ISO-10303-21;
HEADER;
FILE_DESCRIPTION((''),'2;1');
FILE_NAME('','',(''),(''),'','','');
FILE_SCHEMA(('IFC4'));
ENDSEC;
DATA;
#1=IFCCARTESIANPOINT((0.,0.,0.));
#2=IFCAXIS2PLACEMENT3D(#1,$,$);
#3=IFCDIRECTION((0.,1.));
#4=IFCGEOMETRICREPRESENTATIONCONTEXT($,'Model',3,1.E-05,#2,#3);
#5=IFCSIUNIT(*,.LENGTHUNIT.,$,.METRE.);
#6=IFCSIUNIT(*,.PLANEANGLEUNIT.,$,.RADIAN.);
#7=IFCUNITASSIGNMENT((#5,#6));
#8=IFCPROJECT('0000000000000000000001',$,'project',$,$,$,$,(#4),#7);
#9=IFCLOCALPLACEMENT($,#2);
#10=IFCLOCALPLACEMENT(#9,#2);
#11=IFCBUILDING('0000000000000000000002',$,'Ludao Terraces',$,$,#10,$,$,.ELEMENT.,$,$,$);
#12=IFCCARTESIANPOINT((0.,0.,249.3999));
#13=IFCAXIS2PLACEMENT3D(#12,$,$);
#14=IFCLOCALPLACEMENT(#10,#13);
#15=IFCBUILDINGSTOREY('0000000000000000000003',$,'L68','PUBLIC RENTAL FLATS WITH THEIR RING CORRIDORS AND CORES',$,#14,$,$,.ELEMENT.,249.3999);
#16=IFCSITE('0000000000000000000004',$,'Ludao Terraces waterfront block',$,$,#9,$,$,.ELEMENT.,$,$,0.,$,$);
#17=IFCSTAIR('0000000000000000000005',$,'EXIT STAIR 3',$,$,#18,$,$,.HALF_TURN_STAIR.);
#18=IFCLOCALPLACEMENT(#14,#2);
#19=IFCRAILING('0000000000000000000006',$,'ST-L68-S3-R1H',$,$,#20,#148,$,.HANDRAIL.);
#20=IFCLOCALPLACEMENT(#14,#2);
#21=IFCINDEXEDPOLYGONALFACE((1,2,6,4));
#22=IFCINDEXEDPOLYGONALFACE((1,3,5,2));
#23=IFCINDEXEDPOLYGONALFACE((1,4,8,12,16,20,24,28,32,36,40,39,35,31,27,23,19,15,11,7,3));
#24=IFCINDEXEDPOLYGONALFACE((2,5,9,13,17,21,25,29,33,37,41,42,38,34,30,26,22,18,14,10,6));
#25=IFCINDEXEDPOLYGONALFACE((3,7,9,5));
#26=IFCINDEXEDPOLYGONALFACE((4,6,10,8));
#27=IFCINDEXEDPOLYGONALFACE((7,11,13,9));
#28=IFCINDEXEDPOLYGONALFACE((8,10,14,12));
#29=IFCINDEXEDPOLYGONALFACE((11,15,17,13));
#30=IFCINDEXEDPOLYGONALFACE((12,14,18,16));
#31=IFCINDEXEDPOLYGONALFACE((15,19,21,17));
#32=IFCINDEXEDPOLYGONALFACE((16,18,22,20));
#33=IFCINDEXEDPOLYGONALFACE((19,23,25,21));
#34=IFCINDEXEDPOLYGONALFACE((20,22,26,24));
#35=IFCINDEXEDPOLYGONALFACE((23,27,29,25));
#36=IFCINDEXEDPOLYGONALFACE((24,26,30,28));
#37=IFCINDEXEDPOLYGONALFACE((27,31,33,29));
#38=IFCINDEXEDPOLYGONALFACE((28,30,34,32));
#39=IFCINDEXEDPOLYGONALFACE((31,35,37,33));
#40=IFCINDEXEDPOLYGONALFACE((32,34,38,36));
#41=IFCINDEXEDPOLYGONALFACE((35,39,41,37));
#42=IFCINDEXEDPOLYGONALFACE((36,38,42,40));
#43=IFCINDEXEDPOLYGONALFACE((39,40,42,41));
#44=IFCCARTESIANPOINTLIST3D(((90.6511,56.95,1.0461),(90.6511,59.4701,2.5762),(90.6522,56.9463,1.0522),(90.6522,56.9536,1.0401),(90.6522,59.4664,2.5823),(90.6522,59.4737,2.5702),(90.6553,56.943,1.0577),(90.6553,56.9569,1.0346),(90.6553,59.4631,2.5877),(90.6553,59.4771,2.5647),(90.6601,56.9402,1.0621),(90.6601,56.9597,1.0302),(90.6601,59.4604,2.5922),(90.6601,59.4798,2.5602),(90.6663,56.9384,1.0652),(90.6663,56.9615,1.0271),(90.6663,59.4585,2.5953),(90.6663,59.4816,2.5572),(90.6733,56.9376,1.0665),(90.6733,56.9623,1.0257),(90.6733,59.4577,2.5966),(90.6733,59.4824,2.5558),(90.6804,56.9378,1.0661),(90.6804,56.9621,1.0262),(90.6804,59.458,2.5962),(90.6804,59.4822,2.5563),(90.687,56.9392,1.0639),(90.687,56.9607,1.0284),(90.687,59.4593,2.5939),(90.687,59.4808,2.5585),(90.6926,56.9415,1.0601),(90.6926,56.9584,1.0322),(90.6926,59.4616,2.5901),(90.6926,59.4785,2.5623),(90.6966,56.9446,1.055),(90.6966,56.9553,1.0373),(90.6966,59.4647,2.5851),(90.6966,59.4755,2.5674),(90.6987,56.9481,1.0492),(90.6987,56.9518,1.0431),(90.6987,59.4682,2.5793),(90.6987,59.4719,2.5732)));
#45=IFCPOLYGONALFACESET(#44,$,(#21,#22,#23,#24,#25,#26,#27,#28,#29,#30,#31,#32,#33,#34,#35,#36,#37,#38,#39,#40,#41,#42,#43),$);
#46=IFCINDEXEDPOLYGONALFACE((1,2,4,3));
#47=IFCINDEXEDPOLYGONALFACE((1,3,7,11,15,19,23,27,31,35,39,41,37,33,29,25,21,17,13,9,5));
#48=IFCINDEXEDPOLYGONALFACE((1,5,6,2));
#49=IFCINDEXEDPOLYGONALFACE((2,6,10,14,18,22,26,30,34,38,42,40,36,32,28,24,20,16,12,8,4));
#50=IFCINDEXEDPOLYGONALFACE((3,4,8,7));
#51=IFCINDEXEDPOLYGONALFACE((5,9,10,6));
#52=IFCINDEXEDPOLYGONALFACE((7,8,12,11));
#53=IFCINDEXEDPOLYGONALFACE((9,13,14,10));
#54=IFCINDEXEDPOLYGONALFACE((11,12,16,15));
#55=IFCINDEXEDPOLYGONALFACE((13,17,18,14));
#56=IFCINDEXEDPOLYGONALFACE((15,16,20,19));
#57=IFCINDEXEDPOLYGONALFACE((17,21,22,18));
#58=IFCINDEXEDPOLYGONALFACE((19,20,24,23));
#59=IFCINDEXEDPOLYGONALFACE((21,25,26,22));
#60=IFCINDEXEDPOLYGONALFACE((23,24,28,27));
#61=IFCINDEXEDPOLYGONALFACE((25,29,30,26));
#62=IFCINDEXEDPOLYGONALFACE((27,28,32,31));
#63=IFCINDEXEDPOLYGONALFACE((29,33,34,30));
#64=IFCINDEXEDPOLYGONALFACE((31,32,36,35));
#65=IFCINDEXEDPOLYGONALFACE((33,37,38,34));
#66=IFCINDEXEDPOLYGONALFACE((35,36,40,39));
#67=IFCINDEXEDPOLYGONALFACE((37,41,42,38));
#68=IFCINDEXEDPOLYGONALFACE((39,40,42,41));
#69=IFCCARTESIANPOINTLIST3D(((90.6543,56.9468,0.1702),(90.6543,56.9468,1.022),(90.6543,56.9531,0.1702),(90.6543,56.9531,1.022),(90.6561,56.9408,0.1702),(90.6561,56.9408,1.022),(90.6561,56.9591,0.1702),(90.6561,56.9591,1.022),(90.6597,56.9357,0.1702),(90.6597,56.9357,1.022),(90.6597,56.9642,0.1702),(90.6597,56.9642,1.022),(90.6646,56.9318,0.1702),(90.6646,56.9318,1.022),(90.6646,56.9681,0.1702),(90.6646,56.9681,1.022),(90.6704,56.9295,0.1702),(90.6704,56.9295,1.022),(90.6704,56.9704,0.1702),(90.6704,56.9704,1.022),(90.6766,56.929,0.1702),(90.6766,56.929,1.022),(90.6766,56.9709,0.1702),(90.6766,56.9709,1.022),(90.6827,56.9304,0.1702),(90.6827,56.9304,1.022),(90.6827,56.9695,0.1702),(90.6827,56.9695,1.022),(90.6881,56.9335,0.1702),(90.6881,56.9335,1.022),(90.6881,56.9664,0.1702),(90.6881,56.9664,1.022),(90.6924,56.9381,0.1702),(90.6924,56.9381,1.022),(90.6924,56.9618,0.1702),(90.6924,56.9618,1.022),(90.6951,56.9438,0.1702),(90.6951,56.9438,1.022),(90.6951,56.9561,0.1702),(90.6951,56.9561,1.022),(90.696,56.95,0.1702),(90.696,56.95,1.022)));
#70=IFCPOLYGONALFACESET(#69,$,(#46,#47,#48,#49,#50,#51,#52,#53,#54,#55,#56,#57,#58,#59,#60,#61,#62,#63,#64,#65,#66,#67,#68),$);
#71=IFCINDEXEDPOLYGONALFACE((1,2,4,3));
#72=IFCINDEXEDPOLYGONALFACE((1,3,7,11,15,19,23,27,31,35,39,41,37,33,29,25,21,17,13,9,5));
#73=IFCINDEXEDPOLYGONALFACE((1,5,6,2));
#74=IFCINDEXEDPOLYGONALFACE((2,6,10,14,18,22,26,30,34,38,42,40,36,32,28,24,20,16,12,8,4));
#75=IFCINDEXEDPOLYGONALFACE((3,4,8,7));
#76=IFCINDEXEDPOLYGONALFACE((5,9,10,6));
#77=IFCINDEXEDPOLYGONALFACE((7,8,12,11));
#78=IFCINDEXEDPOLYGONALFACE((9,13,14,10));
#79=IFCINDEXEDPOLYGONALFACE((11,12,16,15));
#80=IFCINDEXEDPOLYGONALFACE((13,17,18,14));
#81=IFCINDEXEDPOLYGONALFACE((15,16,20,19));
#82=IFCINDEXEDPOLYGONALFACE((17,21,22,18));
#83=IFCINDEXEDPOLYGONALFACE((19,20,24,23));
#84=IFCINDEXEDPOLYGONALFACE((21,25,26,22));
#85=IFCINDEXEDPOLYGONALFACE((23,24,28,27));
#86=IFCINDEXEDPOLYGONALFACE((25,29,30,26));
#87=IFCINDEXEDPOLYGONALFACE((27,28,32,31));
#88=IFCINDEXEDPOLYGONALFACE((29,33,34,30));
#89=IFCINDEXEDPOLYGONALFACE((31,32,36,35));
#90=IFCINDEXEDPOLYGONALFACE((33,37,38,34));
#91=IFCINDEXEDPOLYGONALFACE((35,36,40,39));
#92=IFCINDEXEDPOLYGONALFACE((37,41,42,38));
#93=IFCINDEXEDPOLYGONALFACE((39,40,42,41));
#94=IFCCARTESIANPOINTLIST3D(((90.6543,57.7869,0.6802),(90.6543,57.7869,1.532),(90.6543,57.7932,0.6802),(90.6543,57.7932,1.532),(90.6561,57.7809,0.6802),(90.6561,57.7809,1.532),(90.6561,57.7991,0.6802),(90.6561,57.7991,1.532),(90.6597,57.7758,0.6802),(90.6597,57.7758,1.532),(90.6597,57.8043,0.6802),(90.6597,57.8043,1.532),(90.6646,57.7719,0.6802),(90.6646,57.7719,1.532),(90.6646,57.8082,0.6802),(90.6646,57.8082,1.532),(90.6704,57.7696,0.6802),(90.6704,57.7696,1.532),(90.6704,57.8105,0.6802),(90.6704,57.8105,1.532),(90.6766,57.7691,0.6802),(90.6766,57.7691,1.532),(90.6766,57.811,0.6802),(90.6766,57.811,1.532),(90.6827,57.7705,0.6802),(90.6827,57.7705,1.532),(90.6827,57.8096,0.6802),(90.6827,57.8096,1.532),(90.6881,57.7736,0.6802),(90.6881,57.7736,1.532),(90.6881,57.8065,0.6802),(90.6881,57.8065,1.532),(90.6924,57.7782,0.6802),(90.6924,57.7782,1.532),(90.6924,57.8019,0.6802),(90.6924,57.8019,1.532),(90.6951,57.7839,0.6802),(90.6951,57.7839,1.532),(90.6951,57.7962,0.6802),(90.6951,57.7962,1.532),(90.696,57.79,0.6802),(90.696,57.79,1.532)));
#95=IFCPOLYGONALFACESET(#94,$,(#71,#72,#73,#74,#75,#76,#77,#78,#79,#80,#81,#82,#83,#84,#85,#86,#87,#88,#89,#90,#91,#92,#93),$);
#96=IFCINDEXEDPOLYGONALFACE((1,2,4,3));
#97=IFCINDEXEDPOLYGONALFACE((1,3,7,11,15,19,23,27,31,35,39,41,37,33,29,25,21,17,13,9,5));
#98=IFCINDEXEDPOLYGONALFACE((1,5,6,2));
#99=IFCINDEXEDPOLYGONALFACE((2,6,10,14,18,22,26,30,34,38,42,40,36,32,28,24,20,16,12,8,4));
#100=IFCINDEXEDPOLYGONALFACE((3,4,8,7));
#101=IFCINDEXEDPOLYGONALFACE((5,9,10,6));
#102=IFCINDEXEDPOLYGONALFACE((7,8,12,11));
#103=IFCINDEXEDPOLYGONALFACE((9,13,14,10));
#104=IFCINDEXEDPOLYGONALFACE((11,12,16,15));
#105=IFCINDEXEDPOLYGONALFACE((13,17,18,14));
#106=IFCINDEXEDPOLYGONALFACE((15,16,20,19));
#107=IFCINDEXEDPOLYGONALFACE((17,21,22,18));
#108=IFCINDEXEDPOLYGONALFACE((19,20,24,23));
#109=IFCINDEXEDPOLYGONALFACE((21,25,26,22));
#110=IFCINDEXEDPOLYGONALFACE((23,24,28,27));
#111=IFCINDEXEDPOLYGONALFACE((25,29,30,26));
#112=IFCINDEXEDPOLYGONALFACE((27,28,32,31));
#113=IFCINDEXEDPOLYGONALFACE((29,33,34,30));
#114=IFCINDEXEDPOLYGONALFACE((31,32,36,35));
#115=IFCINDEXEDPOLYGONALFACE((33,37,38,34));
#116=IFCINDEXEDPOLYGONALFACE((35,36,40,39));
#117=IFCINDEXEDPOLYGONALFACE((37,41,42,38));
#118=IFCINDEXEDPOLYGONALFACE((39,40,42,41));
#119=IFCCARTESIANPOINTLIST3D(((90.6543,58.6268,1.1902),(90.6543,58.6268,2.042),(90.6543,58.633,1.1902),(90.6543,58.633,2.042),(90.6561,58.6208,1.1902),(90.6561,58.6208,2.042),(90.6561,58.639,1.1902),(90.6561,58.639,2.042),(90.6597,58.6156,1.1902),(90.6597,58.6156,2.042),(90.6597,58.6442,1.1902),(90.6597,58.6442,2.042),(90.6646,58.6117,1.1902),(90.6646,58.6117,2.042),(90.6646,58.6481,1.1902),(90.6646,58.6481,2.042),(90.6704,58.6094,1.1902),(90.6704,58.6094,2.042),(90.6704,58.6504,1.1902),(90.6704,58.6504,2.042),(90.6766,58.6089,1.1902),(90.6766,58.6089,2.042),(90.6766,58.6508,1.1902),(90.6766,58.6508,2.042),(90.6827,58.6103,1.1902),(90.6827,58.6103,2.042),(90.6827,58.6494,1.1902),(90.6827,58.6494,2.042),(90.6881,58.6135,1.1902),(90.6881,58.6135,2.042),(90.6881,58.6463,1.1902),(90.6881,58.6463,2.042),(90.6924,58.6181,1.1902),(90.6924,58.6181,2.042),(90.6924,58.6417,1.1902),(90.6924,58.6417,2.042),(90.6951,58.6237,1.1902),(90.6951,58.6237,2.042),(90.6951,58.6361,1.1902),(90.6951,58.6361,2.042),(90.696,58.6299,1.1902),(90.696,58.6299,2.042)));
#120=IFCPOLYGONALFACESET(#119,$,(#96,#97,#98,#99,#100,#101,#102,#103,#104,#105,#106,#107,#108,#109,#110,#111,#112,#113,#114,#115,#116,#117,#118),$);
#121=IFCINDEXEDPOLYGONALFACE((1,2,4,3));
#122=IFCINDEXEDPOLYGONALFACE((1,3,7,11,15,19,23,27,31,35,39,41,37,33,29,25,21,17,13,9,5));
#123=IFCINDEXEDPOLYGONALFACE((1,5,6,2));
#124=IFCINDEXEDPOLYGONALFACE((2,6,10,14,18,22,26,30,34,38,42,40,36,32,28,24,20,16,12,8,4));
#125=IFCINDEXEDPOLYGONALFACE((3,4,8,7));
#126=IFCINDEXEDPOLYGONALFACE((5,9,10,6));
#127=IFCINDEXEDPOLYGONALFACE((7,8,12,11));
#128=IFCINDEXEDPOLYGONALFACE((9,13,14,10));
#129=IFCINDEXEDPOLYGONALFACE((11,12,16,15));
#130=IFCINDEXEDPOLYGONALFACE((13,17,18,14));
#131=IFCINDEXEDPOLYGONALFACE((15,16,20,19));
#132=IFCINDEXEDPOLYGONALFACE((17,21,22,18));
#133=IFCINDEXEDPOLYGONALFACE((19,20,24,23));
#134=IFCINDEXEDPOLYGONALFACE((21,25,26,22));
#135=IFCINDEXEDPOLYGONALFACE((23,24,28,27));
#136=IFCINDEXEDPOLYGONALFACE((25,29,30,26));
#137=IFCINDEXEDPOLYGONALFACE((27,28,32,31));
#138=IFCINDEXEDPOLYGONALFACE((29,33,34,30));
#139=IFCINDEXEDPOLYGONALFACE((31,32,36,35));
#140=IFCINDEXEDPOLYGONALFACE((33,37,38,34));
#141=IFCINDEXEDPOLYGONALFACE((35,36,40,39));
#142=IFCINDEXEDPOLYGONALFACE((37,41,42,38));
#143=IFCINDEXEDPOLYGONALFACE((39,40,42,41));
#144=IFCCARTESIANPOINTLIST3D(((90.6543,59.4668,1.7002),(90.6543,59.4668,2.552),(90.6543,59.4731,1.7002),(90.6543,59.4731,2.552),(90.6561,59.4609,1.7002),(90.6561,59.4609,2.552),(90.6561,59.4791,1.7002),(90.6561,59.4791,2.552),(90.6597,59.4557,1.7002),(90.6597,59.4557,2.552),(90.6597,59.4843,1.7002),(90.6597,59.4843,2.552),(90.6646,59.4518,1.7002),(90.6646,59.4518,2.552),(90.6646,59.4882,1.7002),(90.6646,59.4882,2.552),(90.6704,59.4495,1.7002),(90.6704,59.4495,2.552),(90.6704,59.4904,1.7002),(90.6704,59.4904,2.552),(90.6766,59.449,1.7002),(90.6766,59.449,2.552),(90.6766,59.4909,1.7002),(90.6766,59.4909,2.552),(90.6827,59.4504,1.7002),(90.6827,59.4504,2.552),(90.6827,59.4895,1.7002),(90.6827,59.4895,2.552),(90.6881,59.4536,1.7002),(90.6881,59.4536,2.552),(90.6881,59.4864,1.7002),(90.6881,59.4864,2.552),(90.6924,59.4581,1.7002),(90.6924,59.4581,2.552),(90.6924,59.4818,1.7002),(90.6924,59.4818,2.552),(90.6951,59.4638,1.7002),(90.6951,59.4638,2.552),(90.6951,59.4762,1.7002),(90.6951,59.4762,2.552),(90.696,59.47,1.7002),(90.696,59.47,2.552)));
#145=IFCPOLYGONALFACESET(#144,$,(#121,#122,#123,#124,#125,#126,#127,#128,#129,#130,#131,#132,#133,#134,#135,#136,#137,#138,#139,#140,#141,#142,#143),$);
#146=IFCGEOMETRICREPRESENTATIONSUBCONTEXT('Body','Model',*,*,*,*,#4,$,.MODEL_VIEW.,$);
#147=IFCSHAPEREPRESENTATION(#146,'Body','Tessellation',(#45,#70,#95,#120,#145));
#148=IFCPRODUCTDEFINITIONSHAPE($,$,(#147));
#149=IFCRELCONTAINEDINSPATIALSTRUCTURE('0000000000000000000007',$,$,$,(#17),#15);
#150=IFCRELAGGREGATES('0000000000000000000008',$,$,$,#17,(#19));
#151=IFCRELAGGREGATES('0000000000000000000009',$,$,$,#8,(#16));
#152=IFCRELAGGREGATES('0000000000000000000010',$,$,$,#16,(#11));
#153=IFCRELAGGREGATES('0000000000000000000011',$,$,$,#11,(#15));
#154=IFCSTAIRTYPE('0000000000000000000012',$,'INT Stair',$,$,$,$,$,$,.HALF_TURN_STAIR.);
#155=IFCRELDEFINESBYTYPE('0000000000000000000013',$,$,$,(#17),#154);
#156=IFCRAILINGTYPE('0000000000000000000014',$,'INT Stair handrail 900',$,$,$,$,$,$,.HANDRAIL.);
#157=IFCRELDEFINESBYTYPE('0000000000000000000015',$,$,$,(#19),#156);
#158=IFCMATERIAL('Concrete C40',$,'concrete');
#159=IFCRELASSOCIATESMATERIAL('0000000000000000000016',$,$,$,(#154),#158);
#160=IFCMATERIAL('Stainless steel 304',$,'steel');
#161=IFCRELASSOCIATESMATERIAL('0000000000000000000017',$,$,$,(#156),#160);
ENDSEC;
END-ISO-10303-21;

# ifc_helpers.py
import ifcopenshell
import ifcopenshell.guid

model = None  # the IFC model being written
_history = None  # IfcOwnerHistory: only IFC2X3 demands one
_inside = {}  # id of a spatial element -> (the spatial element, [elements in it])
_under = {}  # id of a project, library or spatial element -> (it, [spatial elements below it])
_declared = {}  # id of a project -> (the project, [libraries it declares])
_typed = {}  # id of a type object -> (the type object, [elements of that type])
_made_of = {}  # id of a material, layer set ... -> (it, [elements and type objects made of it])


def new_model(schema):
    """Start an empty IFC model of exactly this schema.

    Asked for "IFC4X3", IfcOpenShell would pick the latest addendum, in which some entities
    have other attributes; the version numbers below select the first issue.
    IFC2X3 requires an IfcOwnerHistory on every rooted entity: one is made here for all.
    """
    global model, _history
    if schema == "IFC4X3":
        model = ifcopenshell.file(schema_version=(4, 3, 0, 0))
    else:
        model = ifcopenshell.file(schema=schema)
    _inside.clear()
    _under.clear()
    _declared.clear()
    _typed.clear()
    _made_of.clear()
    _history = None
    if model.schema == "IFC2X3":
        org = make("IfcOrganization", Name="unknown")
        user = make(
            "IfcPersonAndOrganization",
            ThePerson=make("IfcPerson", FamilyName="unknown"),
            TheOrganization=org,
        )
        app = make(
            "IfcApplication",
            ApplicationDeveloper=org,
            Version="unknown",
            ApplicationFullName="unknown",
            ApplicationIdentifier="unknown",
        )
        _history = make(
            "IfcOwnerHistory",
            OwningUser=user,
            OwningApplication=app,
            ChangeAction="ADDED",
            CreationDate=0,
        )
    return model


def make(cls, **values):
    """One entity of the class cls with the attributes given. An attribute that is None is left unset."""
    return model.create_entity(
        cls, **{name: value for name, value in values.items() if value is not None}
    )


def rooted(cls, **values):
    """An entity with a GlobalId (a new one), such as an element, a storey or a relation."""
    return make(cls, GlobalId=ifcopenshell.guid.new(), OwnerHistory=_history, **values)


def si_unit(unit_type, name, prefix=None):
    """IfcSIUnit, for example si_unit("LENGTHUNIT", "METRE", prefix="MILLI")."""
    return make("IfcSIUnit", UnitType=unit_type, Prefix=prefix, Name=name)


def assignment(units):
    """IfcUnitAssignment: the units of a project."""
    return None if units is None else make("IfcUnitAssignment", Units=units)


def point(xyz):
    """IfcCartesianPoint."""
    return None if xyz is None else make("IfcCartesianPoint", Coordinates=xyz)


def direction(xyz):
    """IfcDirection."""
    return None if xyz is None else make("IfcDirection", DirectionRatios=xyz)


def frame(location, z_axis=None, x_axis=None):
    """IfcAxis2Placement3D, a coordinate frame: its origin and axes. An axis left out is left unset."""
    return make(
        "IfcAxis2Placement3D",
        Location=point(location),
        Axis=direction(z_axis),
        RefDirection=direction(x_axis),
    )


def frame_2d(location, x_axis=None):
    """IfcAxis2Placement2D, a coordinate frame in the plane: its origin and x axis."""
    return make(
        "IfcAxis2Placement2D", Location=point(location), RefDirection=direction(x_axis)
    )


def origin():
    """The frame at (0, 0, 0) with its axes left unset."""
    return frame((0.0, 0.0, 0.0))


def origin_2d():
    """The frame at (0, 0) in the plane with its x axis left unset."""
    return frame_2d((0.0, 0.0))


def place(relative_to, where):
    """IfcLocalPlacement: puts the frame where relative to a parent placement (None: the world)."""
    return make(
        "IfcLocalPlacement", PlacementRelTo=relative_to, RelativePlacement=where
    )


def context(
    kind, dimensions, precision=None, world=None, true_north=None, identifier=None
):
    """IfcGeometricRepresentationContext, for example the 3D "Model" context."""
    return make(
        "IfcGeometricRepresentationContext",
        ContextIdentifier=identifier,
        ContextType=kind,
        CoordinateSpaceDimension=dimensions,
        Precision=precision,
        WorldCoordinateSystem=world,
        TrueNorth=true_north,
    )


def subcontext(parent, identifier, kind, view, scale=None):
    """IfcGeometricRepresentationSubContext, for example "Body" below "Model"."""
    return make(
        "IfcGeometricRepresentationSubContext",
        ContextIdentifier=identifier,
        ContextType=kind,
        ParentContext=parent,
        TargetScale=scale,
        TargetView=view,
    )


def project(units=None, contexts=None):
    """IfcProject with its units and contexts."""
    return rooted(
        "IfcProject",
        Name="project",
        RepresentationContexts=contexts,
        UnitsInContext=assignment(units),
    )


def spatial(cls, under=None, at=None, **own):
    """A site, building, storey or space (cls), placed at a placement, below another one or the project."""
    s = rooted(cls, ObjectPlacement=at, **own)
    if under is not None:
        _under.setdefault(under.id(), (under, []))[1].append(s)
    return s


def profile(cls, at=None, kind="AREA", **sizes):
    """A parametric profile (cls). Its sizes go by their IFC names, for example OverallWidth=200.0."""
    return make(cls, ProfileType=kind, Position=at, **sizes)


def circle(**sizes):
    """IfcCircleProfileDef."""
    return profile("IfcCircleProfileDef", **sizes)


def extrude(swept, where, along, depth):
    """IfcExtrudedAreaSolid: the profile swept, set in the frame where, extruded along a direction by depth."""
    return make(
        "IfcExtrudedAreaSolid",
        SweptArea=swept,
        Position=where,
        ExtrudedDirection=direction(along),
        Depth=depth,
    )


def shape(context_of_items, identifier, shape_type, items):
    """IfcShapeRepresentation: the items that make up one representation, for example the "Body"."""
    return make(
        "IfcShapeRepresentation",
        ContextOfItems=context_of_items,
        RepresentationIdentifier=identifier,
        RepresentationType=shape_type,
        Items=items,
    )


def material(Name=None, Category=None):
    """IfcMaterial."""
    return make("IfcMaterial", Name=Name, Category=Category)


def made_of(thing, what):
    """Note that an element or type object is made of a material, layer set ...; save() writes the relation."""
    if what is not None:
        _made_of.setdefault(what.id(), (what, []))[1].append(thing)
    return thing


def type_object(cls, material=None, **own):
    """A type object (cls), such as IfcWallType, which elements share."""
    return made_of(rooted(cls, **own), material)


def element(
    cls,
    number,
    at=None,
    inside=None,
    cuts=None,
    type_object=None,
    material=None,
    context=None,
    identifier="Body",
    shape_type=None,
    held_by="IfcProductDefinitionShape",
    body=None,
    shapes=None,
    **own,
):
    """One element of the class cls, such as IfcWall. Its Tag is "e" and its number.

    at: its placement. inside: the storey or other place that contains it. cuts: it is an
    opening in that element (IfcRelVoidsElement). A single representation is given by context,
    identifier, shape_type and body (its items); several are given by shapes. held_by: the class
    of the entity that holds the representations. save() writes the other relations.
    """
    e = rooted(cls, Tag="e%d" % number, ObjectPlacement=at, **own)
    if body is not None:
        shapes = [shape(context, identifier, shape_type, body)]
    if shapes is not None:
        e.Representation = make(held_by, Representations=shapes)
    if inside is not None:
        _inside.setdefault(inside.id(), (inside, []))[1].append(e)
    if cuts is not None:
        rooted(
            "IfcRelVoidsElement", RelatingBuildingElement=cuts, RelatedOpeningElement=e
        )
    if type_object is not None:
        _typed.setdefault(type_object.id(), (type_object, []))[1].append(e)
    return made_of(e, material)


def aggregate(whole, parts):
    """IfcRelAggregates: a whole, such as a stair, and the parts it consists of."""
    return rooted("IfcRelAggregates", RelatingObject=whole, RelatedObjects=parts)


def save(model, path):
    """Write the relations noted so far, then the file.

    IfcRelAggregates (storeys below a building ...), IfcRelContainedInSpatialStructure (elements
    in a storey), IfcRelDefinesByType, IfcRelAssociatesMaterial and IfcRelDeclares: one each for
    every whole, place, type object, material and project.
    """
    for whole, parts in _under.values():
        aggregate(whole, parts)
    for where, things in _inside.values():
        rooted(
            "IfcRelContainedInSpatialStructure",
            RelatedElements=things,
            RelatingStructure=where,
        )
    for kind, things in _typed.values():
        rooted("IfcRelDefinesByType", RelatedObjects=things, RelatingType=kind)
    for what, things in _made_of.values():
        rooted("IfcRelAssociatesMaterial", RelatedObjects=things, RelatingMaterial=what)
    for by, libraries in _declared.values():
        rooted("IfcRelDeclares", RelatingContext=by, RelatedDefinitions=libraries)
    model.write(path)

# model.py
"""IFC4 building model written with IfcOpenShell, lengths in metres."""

from ifc_helpers import new_model, si_unit, direction, frame, origin, origin_2d, place, context, subcontext, project, spatial, circle, extrude, material, type_object, element, aggregate, save


model = new_model("IFC4")

# Units and contexts
model_context = context("Model", 3, precision=1e-05, world=origin(), true_north=direction((0.0, 1.0)))
body_context = subcontext(model_context, "Body", "Model", "MODEL_VIEW")
ifc_project = project(units=[si_unit("LENGTHUNIT", "METRE"), si_unit("PLANEANGLEUNIT", "RADIAN")], contexts=[model_context])

# Site, building, storey
site_placement = place(None, origin())
site = spatial("IfcSite", under=ifc_project, at=site_placement, Name="Ludao Terraces waterfront block", CompositionType="ELEMENT", RefElevation=0.0)
building_placement = place(site_placement, origin())
building = spatial("IfcBuilding", under=site, at=building_placement, Name="Ludao Terraces", CompositionType="ELEMENT")
storey_placement = place(building_placement, frame((0.0, 0.0, 249.3999)))
storey = spatial("IfcBuildingStorey", under=building, at=storey_placement, Name="L68", Description="PUBLIC RENTAL FLATS WITH THEIR RING CORRIDORS AND CORES", CompositionType="ELEMENT", Elevation=249.3999)

# Shared definitions
ifc_material_1 = material(Name="Concrete C40", Category="concrete")

# Stair, railing
stair_type = type_object("IfcStairType", Name="INT Stair", PredefinedType="HALF_TURN_STAIR", material=ifc_material_1)
stair_placement = place(storey_placement, origin())
stair = element("IfcStair", 1, at=stair_placement, inside=storey, type_object=stair_type, Name="EXIT STAIR 3", PredefinedType="HALF_TURN_STAIR")
ifc_material_2 = material(Name="Stainless steel 304", Category="steel")
railing_type_1 = type_object("IfcRailingType", Name="INT Stair handrail 900", PredefinedType="HANDRAIL", material=ifc_material_2)
railing_1_placement = place(storey_placement, frame((90.675, 56.95, 0.1702)))
railing_1 = element("IfcRailing", 2, at=railing_1_placement, type_object=railing_type_1, Name="ST-L68-S3-R1H", PredefinedType="HANDRAIL", context=body_context, shape_type="SweptSolid", body=[
    extrude(circle(Radius=0.0239, at=origin_2d()), frame((0.0, 0.0, 0.876), z_axis=(0.0, 0.854785, 0.518982), x_axis=(-1.0, 0.0, 0.0)), (0.0, 0.0, 1.0), 2.9482),
    extrude(circle(Radius=0.021, at=origin_2d()), origin(), (0.0, 0.0, 1.0), 0.8518),
    extrude(circle(Radius=0.021, at=origin_2d()), frame((0.0, 0.8401, 0.51)), (0.0, 0.0, 1.0), 0.8518),
    extrude(circle(Radius=0.021, at=origin_2d()), frame((0.0, 1.6799, 1.02)), (0.0, 0.0, 1.0), 0.8518),
    extrude(circle(Radius=0.021, at=origin_2d()), frame((0.0, 2.52, 1.53)), (0.0, 0.0, 1.0), 0.8518),
])
aggregate(stair, [railing_1])

save(model, "model.ifc")
